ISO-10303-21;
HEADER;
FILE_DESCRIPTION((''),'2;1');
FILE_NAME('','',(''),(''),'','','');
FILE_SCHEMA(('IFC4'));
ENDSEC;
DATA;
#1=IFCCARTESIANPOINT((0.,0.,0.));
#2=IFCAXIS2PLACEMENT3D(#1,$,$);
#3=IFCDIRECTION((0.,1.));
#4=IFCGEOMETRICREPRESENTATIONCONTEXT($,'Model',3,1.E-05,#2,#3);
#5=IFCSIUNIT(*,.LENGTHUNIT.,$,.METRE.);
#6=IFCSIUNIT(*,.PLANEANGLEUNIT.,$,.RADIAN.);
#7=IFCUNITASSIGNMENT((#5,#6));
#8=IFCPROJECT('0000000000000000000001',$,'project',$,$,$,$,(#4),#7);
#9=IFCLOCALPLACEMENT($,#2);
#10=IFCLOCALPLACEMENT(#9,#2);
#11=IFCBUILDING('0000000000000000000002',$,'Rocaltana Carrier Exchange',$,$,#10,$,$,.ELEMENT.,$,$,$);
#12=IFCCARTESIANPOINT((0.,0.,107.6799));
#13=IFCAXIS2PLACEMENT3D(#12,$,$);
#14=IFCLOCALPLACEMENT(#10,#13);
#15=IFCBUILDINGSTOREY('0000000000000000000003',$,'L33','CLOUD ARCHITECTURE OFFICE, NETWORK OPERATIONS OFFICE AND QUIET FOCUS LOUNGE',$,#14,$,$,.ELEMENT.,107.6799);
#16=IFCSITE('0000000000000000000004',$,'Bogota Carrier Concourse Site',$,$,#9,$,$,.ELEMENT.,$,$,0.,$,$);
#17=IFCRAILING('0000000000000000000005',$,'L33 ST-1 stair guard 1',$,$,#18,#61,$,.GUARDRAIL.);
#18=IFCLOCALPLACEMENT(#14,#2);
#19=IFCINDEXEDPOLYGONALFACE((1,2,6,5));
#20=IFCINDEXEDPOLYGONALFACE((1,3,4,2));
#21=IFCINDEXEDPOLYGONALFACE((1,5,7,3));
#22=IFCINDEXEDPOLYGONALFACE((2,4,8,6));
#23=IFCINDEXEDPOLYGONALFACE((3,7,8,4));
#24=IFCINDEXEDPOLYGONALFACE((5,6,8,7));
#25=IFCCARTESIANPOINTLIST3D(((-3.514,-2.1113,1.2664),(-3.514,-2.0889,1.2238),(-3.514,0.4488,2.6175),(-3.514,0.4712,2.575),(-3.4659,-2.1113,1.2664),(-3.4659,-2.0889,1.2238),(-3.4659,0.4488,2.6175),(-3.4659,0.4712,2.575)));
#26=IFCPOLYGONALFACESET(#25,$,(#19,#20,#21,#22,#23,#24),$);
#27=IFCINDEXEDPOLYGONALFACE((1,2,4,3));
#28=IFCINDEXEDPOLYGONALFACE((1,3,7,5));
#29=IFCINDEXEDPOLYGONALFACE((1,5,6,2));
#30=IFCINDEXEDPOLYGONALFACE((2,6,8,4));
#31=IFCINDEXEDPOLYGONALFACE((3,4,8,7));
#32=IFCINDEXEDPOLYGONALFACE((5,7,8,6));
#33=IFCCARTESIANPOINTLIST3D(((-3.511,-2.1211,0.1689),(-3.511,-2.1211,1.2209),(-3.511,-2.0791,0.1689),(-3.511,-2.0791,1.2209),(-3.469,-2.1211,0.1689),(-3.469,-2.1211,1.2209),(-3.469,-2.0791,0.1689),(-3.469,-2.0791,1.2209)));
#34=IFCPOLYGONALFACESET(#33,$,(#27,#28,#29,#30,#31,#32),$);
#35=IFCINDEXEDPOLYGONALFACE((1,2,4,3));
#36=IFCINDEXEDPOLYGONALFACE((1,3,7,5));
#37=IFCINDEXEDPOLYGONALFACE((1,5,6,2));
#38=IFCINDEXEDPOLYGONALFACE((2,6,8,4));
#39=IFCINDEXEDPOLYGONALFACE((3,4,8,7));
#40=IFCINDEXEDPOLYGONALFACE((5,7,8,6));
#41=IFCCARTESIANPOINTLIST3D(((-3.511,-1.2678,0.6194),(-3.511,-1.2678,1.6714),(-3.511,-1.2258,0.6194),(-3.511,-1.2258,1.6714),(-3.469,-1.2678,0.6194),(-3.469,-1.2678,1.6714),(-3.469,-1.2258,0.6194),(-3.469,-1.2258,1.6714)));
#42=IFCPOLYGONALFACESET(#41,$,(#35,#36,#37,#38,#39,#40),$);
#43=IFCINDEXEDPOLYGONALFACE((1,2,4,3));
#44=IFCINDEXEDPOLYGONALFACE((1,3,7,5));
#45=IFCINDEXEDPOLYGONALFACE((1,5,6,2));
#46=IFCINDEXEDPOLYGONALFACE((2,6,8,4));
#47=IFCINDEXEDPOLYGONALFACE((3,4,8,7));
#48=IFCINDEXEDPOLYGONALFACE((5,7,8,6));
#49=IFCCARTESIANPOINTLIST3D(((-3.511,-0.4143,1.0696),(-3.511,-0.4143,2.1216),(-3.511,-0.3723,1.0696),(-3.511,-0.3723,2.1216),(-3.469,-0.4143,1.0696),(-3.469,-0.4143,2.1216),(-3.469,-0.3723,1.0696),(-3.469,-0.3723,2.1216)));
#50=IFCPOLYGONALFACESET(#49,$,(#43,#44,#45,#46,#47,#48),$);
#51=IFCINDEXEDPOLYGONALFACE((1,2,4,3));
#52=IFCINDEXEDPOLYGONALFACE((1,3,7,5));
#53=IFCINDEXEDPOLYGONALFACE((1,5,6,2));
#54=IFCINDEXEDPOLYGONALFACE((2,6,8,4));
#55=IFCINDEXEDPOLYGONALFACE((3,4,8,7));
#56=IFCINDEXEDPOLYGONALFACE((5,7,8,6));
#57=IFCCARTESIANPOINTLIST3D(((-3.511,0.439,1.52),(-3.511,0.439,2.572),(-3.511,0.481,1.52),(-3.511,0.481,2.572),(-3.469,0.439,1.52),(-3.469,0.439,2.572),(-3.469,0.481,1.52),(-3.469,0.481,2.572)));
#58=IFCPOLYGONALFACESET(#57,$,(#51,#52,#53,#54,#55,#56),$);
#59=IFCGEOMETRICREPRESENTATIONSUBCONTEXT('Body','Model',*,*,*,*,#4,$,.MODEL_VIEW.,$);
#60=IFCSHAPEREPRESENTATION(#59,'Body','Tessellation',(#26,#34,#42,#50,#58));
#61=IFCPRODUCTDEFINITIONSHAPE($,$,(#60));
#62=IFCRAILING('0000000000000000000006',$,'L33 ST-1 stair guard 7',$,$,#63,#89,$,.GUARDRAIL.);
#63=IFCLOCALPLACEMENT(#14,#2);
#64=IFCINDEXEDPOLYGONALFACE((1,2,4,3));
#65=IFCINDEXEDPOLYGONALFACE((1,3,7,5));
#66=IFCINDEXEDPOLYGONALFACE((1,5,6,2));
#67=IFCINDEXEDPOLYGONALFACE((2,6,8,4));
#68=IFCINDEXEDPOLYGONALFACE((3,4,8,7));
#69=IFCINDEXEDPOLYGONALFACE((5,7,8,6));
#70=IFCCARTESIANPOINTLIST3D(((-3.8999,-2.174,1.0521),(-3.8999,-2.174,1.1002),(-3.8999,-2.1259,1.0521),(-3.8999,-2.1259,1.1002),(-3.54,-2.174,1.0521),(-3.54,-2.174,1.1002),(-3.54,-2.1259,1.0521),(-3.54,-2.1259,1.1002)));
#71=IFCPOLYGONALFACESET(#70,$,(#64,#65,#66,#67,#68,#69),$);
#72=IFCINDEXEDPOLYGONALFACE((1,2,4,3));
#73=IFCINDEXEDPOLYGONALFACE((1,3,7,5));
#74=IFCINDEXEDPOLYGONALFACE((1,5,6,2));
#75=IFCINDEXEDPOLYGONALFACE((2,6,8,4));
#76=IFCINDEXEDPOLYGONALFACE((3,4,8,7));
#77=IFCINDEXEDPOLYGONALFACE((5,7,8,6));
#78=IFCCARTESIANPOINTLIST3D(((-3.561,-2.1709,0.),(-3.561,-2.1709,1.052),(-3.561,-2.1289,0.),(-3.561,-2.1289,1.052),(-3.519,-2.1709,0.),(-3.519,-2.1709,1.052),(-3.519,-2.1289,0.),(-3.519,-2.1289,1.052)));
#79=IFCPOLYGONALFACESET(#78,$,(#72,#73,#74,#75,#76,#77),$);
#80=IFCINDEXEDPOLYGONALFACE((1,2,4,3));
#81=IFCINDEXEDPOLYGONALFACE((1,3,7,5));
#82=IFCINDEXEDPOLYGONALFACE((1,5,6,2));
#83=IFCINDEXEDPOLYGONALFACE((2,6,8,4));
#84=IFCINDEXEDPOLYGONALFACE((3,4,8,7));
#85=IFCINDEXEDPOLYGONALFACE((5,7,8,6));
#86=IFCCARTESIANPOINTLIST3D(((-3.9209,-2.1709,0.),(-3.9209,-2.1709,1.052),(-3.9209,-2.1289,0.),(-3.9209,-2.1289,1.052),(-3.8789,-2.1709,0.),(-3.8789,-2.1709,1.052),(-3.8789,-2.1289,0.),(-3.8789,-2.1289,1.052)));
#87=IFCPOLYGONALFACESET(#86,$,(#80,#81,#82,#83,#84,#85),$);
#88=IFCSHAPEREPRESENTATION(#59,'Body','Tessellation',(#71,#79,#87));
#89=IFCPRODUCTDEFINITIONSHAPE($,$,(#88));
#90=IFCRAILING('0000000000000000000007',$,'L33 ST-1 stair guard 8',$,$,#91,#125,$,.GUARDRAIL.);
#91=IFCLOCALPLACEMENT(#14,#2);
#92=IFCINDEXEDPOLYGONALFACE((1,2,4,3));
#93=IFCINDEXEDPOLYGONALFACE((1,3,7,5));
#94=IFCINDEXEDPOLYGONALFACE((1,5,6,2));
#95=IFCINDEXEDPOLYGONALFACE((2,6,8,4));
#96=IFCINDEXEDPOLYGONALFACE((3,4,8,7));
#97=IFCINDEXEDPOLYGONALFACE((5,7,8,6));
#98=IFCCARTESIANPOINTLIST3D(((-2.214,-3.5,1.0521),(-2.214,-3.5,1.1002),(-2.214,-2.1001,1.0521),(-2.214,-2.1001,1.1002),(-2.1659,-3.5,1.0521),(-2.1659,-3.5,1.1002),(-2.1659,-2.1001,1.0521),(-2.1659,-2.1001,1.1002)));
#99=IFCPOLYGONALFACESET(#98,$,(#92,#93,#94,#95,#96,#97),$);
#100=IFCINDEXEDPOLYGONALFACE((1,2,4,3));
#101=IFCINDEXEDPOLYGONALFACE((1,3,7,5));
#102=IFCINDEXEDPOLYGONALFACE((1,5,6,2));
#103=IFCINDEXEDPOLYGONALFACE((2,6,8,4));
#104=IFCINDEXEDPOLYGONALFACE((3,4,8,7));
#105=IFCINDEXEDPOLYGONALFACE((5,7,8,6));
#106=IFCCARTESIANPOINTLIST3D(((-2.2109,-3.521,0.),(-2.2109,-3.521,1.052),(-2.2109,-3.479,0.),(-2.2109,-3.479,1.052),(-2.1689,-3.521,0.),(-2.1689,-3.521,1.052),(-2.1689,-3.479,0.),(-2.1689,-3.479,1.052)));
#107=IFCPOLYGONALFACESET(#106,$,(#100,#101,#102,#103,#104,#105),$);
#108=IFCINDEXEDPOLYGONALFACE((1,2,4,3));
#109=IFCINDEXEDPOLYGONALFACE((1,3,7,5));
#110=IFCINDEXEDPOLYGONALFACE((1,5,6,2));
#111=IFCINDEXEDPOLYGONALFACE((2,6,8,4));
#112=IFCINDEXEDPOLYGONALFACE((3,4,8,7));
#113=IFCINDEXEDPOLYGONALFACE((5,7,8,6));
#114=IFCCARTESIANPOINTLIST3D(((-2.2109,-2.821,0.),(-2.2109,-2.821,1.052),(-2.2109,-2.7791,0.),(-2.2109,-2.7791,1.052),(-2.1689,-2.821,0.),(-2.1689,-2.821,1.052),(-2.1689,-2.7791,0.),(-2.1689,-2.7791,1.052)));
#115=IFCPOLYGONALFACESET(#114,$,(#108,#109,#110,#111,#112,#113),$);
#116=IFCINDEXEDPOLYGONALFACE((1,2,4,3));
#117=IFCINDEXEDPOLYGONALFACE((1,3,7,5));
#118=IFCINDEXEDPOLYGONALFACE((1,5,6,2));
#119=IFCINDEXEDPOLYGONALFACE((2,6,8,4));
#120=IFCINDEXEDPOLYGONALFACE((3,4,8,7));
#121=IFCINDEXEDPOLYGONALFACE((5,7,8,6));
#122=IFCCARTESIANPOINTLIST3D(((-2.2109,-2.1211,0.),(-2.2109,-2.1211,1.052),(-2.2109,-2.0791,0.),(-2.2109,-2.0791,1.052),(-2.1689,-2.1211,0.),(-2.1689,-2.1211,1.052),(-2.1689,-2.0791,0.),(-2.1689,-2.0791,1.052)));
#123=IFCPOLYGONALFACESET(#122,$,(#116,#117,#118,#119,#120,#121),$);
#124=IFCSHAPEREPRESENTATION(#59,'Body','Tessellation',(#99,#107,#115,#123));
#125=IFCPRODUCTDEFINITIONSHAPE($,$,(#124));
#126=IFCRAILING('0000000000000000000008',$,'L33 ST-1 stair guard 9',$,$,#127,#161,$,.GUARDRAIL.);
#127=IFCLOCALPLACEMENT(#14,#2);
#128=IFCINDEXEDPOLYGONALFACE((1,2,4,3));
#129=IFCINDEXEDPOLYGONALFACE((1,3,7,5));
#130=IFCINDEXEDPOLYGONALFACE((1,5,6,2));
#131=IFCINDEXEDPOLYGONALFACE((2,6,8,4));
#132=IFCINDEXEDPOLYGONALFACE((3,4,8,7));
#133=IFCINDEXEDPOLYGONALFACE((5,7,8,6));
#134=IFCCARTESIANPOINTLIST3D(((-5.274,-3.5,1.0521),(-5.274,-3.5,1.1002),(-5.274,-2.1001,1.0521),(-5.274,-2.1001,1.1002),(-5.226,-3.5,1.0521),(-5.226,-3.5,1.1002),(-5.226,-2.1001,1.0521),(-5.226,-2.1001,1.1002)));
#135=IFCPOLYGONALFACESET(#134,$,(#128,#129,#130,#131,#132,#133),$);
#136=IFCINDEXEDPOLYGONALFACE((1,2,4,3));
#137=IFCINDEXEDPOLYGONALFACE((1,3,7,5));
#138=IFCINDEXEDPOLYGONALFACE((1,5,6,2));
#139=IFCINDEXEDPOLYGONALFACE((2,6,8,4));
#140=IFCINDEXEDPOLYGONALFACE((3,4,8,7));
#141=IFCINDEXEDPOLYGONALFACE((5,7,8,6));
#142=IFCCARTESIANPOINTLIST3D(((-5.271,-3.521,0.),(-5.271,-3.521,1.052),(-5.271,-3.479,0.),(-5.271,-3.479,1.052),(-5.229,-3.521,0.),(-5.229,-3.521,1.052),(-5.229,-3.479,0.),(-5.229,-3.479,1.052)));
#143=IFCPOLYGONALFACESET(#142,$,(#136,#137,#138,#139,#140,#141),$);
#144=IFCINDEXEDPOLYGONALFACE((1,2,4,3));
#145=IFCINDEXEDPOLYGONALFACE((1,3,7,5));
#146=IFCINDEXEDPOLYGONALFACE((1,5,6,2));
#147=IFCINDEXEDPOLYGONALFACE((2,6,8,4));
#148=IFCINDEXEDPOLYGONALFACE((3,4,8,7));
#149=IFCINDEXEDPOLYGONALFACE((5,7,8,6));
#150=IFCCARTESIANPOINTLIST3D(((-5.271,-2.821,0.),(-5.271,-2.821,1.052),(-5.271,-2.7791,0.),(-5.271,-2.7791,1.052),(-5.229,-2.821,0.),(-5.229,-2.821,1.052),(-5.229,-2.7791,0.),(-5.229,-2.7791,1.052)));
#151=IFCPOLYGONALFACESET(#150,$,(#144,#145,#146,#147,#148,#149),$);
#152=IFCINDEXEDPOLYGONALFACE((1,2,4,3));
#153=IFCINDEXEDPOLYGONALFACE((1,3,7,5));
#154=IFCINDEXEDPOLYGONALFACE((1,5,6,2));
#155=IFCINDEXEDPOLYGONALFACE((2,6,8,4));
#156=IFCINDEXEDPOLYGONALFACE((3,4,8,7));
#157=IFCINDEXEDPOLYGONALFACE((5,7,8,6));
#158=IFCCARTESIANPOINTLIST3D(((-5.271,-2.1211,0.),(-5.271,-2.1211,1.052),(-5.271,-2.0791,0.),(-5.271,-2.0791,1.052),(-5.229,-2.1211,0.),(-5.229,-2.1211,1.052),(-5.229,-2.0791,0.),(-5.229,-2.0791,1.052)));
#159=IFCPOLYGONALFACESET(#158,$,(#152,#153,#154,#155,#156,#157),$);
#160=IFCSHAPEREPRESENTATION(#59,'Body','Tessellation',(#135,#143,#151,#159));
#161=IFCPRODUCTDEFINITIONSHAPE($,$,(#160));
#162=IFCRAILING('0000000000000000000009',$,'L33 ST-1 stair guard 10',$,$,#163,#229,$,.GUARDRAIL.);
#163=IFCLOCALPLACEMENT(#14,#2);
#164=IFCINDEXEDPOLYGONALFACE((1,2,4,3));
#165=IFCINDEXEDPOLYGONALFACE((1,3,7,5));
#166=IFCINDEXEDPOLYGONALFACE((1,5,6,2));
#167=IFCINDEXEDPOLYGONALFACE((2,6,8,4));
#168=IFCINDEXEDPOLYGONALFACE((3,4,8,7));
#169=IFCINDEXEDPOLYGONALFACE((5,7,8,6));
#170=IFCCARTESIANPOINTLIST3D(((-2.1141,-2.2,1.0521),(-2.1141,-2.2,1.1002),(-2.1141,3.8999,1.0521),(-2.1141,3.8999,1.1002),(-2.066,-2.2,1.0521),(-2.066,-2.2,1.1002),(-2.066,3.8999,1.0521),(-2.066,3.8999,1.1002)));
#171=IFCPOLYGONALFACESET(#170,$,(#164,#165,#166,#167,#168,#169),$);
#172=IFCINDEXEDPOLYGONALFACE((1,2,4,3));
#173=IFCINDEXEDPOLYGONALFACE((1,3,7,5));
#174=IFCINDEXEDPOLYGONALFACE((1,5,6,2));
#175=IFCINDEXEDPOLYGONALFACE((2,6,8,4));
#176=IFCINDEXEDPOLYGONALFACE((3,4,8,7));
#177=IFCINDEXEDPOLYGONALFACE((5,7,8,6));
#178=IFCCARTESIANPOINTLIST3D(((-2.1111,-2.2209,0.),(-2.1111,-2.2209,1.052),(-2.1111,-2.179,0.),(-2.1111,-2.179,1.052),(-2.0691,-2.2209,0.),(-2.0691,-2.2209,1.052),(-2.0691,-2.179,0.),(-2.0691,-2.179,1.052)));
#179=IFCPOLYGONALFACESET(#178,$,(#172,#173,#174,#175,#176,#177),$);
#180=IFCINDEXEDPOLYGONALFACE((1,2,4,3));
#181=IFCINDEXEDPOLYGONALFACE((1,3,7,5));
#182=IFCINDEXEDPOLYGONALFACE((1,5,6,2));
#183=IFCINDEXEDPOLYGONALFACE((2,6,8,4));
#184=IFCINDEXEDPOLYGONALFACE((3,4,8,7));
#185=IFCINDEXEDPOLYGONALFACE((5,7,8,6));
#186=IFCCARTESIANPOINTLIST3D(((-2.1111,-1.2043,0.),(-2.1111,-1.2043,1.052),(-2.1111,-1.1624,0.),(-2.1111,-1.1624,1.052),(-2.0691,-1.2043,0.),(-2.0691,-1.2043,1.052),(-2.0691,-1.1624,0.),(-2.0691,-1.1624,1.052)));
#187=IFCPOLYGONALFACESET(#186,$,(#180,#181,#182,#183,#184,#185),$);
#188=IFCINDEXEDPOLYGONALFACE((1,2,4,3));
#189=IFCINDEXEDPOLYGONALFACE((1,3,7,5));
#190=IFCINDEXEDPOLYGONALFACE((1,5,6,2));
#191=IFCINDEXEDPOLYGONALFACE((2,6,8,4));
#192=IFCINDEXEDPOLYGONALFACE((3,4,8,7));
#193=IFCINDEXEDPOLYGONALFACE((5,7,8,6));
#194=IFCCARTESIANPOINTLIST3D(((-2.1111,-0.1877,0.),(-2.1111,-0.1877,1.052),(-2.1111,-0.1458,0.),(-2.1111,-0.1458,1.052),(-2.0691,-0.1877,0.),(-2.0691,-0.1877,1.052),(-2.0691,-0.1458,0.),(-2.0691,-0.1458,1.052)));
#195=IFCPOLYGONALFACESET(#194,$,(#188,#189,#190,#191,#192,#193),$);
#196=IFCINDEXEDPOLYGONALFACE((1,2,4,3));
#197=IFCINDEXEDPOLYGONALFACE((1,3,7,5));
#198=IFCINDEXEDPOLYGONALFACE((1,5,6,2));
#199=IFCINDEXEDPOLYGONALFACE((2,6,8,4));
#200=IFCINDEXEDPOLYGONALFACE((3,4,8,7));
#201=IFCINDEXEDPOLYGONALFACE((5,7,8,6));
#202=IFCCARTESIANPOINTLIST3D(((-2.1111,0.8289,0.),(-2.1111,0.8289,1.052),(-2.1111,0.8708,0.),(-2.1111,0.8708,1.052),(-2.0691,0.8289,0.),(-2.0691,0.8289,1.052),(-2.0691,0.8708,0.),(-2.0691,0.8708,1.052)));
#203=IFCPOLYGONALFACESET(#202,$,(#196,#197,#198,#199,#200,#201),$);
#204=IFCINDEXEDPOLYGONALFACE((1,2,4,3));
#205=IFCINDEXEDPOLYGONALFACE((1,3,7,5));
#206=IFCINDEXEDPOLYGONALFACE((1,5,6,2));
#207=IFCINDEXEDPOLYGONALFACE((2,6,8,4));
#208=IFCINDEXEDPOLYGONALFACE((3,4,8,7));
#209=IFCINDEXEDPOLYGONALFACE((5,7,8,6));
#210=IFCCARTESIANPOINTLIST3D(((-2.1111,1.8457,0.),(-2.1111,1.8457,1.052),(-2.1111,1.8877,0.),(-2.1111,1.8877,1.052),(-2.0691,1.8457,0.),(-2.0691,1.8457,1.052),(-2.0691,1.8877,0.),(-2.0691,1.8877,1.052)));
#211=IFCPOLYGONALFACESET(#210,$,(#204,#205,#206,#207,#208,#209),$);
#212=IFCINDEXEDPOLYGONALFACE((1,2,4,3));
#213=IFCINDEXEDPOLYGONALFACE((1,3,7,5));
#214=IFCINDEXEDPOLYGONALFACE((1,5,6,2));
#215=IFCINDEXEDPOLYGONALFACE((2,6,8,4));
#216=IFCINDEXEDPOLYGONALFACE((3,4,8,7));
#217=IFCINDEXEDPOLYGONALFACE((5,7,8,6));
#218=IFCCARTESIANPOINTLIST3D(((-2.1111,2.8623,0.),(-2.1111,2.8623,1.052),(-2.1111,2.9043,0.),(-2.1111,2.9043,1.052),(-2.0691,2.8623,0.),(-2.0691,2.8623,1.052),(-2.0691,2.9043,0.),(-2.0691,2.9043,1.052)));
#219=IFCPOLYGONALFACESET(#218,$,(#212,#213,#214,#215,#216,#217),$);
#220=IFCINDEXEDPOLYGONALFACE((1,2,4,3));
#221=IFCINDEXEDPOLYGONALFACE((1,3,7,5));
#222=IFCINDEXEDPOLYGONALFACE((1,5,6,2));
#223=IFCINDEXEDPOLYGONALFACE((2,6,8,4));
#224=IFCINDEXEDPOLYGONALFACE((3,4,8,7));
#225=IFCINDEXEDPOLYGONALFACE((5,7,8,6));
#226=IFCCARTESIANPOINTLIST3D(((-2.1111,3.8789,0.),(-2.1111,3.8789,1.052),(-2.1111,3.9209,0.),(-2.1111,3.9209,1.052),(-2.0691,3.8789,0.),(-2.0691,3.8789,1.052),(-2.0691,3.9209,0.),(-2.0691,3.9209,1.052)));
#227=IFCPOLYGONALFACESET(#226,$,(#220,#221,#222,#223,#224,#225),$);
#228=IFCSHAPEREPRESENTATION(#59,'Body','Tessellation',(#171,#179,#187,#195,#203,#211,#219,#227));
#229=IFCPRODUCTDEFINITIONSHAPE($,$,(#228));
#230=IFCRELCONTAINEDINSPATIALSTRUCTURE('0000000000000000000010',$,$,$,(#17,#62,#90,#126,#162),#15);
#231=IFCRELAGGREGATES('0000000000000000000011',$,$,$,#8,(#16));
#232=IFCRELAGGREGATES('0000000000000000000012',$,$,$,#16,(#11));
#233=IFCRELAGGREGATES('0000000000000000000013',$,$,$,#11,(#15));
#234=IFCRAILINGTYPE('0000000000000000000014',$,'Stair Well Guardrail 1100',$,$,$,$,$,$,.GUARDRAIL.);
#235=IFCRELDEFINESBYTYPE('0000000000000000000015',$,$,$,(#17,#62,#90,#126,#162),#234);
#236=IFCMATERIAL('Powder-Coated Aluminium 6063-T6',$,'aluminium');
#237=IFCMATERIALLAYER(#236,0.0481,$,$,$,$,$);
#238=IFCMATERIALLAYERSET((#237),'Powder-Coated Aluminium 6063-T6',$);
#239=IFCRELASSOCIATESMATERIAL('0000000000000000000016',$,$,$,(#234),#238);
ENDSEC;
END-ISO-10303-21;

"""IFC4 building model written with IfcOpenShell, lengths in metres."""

from ifc_helpers import new_model, si_unit, direction, frame, origin, origin_2d, place, context, subcontext, project, spatial, rectangle, extrude, material, layer, layer_set, type_object, element, save


model = new_model("IFC4")

# Units and contexts
model_context = context("Model", 3, precision=1e-05, world=origin(), true_north=direction((0.0, 1.0)))
body_context = subcontext(model_context, "Body", "Model", "MODEL_VIEW")
ifc_project = project(units=[si_unit("LENGTHUNIT", "METRE"), si_unit("PLANEANGLEUNIT", "RADIAN")], contexts=[model_context])

# Site, building, storey
site_placement = place(None, origin())
site = spatial("IfcSite", under=ifc_project, at=site_placement, Name="Bogota Carrier Concourse Site", CompositionType="ELEMENT", RefElevation=0.0)
building_placement = place(site_placement, origin())
building = spatial("IfcBuilding", under=site, at=building_placement, Name="Rocaltana Carrier Exchange", CompositionType="ELEMENT")
storey_placement = place(building_placement, frame((0.0, 0.0, 107.6799)))
storey = spatial("IfcBuildingStorey", under=building, at=storey_placement, Name="L33", Description="CLOUD ARCHITECTURE OFFICE, NETWORK OPERATIONS OFFICE AND QUIET FOCUS LOUNGE", CompositionType="ELEMENT", Elevation=107.6799)

# Railings
ifc_material_1 = material(Name="Powder-Coated Aluminium 6063-T6", Category="aluminium")
ifc_layer_1 = layer(ifc_material_1, 0.0481)
ifc_layer_set_1 = layer_set([ifc_layer_1], Name="Powder-Coated Aluminium 6063-T6")
railing_type_1 = type_object("IfcRailingType", Name="Stair Well Guardrail 1100", PredefinedType="GUARDRAIL", material=ifc_layer_set_1)
railing_1_placement = place(storey_placement, frame((-3.49, -2.1001, 0.1689)))
element("IfcRailing", 1, at=railing_1_placement, inside=storey, type_object=railing_type_1, Name="L33 ST-1 stair guard 1", PredefinedType="GUARDRAIL", context=body_context, shape_type="SweptSolid", body=[
    extrude(rectangle(XDim=0.0481, YDim=0.0481, at=origin_2d()), frame((0.0, 0.0, 1.0762), z_axis=(0.0, 0.884394, 0.46674), x_axis=(-1.0, 0.0, 0.0)), (0.0, 0.0, 1.0), 2.8948),
    extrude(rectangle(XDim=0.042, YDim=0.042, at=origin_2d()), origin(), (0.0, 0.0, 1.0), 1.052),
    extrude(rectangle(XDim=0.042, YDim=0.042, at=origin_2d()), frame((0.0, 0.8533, 0.4504)), (0.0, 0.0, 1.0), 1.052),
    extrude(rectangle(XDim=0.042, YDim=0.042, at=origin_2d()), frame((0.0, 1.7068, 0.9006)), (0.0, 0.0, 1.0), 1.052),
    extrude(rectangle(XDim=0.042, YDim=0.042, at=origin_2d()), frame((0.0, 2.5601, 1.3511)), (0.0, 0.0, 1.0), 1.052),
])
railing_2_placement = place(storey_placement, frame((-3.54, -2.1499, 0.0)))
element("IfcRailing", 2, at=railing_2_placement, inside=storey, type_object=railing_type_1, Name="L33 ST-1 stair guard 7", PredefinedType="GUARDRAIL", context=body_context, shape_type="SweptSolid", body=[
    extrude(rectangle(XDim=0.0481, YDim=0.0481, at=origin_2d()), frame((0.0, 0.0, 1.0762), z_axis=(-1.0, 0.0, 0.0), x_axis=(0.0, -1.0, 0.0)), (0.0, 0.0, 1.0), 0.3599),
    extrude(rectangle(XDim=0.042, YDim=0.042, at=origin_2d()), origin(), (0.0, 0.0, 1.0), 1.052),
    extrude(rectangle(XDim=0.042, YDim=0.042, at=origin_2d()), frame((-0.3599, 0.0, 0.0)), (0.0, 0.0, 1.0), 1.052),
])
for number, where, name in (
    (3, (-2.1899, -3.5, 0.0), "L33 ST-1 stair guard 8"),
    (4, (-5.25, -3.5, 0.0), "L33 ST-1 stair guard 9"),
):
    element("IfcRailing", number, at=place(storey_placement, frame(where)), inside=storey, type_object=railing_type_1, Name=name, PredefinedType="GUARDRAIL", context=body_context, shape_type="SweptSolid", body=[
        extrude(rectangle(XDim=0.0481, YDim=0.0481, at=origin_2d()), frame((0.0, 0.0, 1.0762), z_axis=(0.0, 1.0, 0.0), x_axis=(-1.0, 0.0, 0.0)), (0.0, 0.0, 1.0), 1.3999),
        extrude(rectangle(XDim=0.042, YDim=0.042, at=origin_2d()), origin(), (0.0, 0.0, 1.0), 1.052),
        extrude(rectangle(XDim=0.042, YDim=0.042, at=origin_2d()), frame((0.0, 0.7, 0.0)), (0.0, 0.0, 1.0), 1.052),
        extrude(rectangle(XDim=0.042, YDim=0.042, at=origin_2d()), frame((0.0, 1.3999, 0.0)), (0.0, 0.0, 1.0), 1.052),
    ])
for number, where, name in (
    (5, (-2.0901, -2.2, 0.0), "L33 ST-1 stair guard 10"),
):
    element("IfcRailing", number, at=place(storey_placement, frame(where)), inside=storey, type_object=railing_type_1, Name=name, PredefinedType="GUARDRAIL", context=body_context, shape_type="SweptSolid", body=[
        extrude(rectangle(XDim=0.0481, YDim=0.0481, at=origin_2d()), frame((0.0, 0.0, 1.0762), z_axis=(0.0, 1.0, 0.0), x_axis=(-1.0, 0.0, 0.0)), (0.0, 0.0, 1.0), 6.0999),
        extrude(rectangle(XDim=0.042, YDim=0.042, at=origin_2d()), origin(), (0.0, 0.0, 1.0), 1.052),
        extrude(rectangle(XDim=0.042, YDim=0.042, at=origin_2d()), frame((0.0, 1.0166, 0.0)), (0.0, 0.0, 1.0), 1.052),
        extrude(rectangle(XDim=0.042, YDim=0.042, at=origin_2d()), frame((0.0, 2.0332, 0.0)), (0.0, 0.0, 1.0), 1.052),
        extrude(rectangle(XDim=0.042, YDim=0.042, at=origin_2d()), frame((0.0, 3.0498, 0.0)), (0.0, 0.0, 1.0), 1.052),
        extrude(rectangle(XDim=0.042, YDim=0.042, at=origin_2d()), frame((0.0, 4.0667, 0.0)), (0.0, 0.0, 1.0), 1.052),
        extrude(rectangle(XDim=0.042, YDim=0.042, at=origin_2d()), frame((0.0, 5.0833, 0.0)), (0.0, 0.0, 1.0), 1.052),
        extrude(rectangle(XDim=0.042, YDim=0.042, at=origin_2d()), frame((0.0, 6.0999, 0.0)), (0.0, 0.0, 1.0), 1.052),
    ])

save(model, "model.ifc")
